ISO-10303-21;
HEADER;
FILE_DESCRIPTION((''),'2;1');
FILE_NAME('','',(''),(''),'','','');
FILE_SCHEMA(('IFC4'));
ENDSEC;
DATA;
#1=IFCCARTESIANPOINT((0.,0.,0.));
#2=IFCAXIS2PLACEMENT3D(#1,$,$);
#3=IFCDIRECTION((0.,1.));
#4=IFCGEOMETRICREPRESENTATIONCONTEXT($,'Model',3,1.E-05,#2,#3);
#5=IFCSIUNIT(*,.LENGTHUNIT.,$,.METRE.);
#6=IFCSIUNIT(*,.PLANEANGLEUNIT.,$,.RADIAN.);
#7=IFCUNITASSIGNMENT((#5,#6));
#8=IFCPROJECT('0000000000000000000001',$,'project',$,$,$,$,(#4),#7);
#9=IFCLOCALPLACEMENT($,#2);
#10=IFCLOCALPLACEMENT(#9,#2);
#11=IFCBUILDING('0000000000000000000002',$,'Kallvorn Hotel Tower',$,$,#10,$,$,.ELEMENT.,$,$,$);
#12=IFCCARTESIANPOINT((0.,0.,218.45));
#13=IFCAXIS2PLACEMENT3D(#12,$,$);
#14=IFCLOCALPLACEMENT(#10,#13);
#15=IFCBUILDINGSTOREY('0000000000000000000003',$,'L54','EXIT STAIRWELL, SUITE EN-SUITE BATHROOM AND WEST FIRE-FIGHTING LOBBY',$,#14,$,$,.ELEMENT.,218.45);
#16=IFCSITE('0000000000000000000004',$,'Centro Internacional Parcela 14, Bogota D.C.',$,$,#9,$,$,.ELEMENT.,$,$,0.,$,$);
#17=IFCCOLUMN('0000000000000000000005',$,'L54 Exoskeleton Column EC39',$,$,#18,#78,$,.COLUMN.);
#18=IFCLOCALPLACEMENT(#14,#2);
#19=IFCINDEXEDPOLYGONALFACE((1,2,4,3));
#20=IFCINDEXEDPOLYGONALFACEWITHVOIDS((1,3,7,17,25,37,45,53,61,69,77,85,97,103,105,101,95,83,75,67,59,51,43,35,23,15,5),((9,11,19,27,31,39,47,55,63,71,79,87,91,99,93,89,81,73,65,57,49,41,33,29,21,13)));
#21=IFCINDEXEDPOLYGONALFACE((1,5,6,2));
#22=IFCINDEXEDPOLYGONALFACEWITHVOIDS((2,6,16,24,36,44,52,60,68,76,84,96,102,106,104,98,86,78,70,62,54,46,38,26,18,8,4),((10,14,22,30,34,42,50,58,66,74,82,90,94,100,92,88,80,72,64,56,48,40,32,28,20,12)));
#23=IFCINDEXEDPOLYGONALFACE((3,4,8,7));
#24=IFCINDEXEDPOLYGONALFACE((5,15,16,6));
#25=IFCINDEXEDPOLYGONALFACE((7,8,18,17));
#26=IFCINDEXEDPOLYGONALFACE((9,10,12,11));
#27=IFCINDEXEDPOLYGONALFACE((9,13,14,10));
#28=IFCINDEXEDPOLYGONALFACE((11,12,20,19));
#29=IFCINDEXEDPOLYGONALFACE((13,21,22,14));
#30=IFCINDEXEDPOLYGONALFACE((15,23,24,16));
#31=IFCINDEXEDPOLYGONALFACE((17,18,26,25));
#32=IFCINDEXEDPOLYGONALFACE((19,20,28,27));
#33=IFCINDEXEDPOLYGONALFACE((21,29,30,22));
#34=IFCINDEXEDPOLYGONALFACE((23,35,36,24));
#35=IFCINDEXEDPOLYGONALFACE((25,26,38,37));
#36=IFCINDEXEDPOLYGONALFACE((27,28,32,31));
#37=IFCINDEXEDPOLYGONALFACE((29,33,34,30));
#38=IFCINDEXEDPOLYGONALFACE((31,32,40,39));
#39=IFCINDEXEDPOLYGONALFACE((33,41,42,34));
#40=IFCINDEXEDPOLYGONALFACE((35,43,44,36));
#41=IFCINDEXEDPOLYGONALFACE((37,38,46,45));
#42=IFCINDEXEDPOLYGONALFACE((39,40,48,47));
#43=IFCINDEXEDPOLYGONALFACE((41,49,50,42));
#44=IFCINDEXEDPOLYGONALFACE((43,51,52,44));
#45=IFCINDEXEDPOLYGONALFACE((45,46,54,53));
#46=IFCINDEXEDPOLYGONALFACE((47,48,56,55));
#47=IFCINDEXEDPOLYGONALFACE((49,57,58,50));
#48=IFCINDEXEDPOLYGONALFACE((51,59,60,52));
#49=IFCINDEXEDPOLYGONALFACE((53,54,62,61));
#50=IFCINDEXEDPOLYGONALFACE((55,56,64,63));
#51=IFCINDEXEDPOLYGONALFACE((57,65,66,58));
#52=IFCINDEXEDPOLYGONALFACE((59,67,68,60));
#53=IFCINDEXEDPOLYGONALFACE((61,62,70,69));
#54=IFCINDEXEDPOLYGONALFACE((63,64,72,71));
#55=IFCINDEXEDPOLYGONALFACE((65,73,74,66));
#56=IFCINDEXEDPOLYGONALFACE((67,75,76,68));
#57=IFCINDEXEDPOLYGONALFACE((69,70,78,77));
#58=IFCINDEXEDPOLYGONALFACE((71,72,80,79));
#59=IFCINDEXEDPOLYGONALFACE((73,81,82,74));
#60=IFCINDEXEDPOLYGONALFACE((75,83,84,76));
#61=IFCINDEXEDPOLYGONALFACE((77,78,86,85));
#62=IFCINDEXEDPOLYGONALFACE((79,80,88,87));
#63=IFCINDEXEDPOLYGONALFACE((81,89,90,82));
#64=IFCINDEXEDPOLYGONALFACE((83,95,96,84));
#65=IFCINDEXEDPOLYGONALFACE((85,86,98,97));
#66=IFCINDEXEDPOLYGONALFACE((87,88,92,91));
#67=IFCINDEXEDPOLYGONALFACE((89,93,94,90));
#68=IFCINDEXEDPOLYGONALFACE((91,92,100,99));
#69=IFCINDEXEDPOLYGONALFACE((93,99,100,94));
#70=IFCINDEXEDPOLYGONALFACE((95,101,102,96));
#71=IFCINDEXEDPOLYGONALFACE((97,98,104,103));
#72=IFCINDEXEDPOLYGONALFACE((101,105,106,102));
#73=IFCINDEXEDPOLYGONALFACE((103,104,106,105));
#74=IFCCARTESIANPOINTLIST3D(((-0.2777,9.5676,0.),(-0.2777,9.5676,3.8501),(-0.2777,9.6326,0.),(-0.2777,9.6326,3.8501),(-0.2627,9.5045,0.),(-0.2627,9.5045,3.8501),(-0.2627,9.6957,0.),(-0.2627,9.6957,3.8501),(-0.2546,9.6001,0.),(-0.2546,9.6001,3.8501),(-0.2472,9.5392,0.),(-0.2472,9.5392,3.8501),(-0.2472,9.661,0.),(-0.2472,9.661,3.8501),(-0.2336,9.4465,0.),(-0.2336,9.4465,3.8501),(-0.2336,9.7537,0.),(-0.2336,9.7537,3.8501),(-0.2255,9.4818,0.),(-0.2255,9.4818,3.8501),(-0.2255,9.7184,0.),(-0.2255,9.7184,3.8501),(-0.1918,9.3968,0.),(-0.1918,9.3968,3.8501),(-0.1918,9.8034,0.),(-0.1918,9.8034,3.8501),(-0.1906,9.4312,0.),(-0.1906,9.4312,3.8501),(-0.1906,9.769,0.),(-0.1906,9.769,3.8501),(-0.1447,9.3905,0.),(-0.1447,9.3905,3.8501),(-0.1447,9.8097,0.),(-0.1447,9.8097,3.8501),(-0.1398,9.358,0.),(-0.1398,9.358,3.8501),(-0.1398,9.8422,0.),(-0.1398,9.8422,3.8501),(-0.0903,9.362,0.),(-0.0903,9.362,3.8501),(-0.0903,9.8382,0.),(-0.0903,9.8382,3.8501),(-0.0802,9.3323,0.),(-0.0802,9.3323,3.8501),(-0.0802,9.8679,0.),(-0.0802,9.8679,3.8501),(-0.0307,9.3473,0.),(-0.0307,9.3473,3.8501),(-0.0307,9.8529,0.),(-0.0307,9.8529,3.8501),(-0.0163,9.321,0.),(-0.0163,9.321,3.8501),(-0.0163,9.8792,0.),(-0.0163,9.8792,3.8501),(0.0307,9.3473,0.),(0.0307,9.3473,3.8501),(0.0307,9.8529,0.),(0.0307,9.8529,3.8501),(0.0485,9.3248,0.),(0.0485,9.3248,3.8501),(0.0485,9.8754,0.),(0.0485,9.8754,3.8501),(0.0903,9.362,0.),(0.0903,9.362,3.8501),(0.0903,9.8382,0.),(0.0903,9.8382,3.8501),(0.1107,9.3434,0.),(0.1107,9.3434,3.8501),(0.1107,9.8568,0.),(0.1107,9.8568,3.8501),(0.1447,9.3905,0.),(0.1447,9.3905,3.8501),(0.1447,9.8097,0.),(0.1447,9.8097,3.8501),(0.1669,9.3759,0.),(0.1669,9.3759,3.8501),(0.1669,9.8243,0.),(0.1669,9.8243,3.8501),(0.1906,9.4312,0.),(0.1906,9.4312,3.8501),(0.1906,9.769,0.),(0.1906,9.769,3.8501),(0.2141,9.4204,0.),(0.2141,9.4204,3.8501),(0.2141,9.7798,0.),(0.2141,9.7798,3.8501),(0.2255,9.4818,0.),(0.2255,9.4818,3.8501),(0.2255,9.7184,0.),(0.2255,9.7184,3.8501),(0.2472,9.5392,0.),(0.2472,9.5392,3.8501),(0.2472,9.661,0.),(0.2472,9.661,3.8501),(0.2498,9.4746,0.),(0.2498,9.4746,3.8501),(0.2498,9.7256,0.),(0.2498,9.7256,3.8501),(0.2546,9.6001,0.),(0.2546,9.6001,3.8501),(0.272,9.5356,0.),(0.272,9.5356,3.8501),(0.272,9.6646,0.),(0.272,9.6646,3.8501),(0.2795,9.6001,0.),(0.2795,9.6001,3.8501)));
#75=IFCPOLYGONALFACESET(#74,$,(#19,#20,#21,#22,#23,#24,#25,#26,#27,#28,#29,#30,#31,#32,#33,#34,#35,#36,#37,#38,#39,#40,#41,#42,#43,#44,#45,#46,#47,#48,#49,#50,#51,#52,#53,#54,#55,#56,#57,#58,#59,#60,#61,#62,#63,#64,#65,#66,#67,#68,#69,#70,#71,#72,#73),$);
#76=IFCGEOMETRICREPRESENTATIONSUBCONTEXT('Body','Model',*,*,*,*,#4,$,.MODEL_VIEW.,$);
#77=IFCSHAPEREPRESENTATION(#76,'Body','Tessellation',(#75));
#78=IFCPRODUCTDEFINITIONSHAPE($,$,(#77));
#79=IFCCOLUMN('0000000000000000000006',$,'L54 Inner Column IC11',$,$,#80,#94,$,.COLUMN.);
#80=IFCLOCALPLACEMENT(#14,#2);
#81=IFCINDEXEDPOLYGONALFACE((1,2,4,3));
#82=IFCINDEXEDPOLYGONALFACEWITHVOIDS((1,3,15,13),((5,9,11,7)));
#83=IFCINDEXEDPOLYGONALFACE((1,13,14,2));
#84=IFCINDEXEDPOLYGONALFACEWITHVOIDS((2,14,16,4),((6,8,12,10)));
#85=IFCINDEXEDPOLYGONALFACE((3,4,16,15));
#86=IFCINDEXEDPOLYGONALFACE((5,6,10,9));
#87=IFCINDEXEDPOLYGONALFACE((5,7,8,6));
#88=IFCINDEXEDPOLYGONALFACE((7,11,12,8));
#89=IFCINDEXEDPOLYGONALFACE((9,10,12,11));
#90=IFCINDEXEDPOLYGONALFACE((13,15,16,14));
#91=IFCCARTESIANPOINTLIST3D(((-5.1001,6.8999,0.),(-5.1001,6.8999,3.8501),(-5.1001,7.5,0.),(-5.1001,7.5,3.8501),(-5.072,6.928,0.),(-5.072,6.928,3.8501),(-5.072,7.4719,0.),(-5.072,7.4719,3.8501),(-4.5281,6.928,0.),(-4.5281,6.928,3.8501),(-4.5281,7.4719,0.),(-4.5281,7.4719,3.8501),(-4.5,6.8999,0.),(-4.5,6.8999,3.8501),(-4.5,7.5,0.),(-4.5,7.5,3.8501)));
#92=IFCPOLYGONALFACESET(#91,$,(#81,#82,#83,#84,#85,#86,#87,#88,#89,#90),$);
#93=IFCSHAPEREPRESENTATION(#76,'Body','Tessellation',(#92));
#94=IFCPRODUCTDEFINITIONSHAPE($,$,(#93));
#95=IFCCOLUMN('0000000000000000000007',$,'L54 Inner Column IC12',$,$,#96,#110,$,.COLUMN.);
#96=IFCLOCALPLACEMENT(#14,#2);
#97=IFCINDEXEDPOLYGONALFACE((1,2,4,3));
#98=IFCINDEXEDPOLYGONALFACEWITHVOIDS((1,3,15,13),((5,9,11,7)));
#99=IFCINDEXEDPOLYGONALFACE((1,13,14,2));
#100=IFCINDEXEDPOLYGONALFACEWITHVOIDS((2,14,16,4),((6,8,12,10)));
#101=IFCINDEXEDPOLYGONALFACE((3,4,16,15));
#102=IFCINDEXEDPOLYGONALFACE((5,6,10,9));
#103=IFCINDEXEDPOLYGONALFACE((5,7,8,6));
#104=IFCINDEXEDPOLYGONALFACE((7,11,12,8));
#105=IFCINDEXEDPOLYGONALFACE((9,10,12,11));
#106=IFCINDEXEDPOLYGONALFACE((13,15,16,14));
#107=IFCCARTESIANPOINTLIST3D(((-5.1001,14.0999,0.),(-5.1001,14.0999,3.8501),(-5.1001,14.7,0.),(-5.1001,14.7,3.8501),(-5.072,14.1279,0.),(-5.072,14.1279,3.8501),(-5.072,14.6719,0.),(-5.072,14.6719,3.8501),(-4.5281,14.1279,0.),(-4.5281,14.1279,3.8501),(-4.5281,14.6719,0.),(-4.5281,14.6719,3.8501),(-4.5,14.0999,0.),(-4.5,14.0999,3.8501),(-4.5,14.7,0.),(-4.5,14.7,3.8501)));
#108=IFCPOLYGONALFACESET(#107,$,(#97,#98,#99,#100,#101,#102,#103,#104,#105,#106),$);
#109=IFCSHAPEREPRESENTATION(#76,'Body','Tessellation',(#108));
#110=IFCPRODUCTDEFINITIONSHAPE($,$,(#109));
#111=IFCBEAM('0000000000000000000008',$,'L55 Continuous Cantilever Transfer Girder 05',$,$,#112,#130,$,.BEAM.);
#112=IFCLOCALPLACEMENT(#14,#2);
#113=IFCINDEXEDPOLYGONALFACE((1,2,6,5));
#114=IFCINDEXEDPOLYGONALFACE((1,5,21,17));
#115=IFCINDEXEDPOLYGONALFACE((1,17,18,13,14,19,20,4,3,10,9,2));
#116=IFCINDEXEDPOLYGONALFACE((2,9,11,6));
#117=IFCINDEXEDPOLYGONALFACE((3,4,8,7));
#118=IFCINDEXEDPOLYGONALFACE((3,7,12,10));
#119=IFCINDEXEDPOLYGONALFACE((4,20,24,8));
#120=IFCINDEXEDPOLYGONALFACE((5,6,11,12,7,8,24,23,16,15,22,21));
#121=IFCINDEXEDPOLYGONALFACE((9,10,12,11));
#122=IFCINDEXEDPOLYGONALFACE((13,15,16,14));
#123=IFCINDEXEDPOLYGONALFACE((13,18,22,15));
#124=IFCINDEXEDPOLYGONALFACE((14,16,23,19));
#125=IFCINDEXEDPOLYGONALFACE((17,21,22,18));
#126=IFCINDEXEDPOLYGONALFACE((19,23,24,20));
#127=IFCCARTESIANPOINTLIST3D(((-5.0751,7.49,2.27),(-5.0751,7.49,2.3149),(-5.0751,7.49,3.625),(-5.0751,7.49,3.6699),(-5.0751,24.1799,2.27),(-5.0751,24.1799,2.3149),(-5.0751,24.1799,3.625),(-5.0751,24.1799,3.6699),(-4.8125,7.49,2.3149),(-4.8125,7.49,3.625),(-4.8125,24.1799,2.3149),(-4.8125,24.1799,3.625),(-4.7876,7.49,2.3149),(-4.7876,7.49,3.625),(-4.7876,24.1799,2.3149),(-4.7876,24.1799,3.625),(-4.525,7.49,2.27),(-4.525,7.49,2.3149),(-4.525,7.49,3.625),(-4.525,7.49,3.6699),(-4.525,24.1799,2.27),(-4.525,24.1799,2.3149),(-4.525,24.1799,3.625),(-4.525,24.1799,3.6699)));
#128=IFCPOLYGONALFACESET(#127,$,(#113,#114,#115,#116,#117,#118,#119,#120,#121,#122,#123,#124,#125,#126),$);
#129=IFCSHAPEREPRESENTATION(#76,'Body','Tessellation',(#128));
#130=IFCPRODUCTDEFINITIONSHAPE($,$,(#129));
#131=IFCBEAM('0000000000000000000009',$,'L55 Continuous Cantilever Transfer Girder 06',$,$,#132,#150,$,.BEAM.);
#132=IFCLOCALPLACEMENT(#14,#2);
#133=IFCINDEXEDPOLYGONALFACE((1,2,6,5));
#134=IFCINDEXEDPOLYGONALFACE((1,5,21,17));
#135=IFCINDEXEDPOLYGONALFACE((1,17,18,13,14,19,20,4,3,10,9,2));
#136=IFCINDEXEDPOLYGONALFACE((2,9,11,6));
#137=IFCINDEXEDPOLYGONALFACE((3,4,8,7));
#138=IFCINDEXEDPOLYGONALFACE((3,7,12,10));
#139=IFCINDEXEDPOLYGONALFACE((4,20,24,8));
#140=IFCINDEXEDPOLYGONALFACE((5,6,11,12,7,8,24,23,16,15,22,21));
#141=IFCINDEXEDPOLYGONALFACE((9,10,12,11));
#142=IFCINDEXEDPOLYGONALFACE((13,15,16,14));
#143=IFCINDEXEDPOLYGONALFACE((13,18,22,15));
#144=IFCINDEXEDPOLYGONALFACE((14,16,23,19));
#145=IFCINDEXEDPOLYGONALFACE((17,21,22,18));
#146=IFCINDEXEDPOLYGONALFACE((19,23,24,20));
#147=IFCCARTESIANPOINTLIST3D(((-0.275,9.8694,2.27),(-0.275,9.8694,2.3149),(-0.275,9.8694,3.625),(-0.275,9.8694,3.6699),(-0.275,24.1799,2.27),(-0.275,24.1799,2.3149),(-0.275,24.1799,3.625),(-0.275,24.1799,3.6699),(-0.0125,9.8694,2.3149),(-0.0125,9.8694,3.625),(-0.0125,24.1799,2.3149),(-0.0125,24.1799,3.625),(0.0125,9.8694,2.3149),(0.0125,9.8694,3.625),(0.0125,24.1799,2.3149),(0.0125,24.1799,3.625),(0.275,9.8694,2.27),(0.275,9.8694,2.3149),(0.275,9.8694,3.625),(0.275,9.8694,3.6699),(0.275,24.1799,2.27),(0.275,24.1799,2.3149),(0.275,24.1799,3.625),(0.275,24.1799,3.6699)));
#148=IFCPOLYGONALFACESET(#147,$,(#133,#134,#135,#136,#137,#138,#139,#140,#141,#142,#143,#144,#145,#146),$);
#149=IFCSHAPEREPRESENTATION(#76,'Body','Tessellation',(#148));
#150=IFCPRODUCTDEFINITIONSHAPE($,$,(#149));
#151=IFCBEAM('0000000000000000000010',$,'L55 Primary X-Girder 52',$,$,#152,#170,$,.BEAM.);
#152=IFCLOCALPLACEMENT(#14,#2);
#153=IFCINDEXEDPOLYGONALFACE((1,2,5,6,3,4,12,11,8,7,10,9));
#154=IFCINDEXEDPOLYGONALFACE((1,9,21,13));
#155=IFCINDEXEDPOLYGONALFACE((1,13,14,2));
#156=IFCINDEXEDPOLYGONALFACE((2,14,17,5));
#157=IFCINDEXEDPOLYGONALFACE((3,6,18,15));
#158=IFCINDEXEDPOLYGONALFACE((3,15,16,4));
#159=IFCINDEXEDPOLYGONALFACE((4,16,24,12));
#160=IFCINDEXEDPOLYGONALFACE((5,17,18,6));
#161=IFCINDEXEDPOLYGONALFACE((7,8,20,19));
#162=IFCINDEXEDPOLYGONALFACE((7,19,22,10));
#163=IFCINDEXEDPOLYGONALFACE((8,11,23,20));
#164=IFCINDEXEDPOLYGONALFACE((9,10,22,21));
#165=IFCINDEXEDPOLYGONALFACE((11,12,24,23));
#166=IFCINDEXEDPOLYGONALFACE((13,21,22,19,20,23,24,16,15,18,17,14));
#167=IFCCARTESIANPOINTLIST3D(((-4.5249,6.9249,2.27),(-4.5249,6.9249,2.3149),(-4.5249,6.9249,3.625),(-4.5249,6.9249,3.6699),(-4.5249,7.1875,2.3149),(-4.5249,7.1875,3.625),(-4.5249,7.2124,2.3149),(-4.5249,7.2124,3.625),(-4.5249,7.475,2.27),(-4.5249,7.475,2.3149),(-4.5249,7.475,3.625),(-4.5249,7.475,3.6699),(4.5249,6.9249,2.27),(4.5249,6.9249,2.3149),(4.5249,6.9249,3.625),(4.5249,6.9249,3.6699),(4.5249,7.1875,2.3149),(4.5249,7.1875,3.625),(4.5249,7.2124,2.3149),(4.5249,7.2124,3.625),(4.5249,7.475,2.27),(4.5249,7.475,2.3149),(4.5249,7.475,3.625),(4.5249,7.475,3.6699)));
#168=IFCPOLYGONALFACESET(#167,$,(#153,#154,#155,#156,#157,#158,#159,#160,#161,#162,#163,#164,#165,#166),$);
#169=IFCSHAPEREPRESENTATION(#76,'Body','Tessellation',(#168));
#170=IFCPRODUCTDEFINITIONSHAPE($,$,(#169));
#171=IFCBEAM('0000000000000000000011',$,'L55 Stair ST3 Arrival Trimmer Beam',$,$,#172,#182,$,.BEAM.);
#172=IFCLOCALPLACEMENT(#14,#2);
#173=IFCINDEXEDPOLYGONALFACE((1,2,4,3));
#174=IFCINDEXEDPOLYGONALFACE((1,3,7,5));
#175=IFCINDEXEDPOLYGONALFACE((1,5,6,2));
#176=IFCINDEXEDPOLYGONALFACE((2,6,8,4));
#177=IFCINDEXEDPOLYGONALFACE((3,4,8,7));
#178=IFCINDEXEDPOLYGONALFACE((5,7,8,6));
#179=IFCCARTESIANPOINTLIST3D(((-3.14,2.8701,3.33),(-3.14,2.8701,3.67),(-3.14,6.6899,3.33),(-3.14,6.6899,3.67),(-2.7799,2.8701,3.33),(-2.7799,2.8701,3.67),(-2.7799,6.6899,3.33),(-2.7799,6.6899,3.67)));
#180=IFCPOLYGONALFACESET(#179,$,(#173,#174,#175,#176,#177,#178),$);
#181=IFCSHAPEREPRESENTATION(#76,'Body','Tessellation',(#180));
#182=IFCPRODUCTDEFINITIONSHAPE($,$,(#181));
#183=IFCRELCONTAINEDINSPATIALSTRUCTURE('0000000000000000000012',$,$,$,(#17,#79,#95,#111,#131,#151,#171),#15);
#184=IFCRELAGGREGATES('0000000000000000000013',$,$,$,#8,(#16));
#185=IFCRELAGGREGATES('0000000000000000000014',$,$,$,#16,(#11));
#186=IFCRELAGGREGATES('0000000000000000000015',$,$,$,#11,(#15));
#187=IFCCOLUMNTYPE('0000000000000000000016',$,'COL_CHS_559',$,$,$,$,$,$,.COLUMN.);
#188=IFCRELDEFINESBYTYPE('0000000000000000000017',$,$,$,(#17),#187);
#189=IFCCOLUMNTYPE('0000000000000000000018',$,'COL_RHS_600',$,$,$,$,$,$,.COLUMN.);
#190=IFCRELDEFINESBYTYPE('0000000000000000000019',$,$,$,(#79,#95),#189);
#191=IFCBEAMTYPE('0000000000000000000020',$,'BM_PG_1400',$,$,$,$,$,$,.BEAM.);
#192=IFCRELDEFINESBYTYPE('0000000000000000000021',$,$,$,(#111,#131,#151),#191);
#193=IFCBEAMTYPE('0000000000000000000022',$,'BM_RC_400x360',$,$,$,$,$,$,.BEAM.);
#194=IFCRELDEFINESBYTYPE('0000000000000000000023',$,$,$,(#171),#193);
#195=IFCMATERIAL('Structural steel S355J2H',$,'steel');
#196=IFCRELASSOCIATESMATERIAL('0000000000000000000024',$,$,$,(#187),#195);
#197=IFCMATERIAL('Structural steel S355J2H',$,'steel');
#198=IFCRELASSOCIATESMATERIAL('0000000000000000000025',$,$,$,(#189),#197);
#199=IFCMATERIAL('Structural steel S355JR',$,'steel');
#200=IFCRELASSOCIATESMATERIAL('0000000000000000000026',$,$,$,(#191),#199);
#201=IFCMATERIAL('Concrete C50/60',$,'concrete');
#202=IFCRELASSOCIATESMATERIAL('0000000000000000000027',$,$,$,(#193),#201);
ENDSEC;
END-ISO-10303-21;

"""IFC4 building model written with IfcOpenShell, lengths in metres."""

from ifc_helpers import new_model, si_unit, direction, frame, origin, origin_2d, place, context, subcontext, project, spatial, rectangle, hollow_rectangle, hollow_circle, i_section, extrude, material, material_profile, profile_set, type_object, element, save


model = new_model("IFC4")

# Units and contexts
model_context = context("Model", 3, precision=1e-05, world=origin(), true_north=direction((0.0, 1.0)))
body_context = subcontext(model_context, "Body", "Model", "MODEL_VIEW")
ifc_project = project(units=[si_unit("LENGTHUNIT", "METRE"), si_unit("PLANEANGLEUNIT", "RADIAN")], contexts=[model_context])

# Site, building, storey
site_placement = place(None, origin())
site = spatial("IfcSite", under=ifc_project, at=site_placement, Name="Centro Internacional Parcela 14, Bogota D.C.", CompositionType="ELEMENT", RefElevation=0.0)
building_placement = place(site_placement, origin())
building = spatial("IfcBuilding", under=site, at=building_placement, Name="Kallvorn Hotel Tower", CompositionType="ELEMENT")
storey_placement = place(building_placement, frame((0.0, 0.0, 218.45)))
storey = spatial("IfcBuildingStorey", under=building, at=storey_placement, Name="L54", Description="EXIT STAIRWELL, SUITE EN-SUITE BATHROOM AND WEST FIRE-FIGHTING LOBBY", CompositionType="ELEMENT", Elevation=218.45)

# Columns
ifc_material_1 = material(Name="Structural steel S355J2H", Category="steel")
ifc_material_profile_1 = material_profile(ifc_material_1, hollow_circle(Radius=0.2795, WallThickness=0.0249, at=origin_2d()), Name="CHS 559x25")
ifc_profile_set_1 = profile_set([ifc_material_profile_1], Name="Structural steel S355J2H")
column_type_1 = type_object("IfcColumnType", Name="COL_CHS_559", PredefinedType="COLUMN", material=ifc_profile_set_1)
column_placement = place(storey_placement, frame((0.0, 9.6001, 0.0), z_axis=(0.0, 0.0, 1.0), x_axis=(1.0, 0.0, 0.0)))
element("IfcColumn", 1, at=column_placement, inside=storey, type_object=column_type_1, Name="L54 Exoskeleton Column EC39", PredefinedType="COLUMN", context=body_context, shape_type="SweptSolid", body=[
    extrude(hollow_circle(Radius=0.2795, WallThickness=0.0249, at=origin_2d()), origin(), (0.0, 0.0, 1.0), 3.8501),
])
ifc_material_2 = material(Name="Structural steel S355J2H", Category="steel")
ifc_material_profile_2 = material_profile(ifc_material_2, hollow_rectangle(XDim=0.6001, YDim=0.6001, WallThickness=0.0281, at=origin_2d()), Name="RHS 600x600x28")
ifc_profile_set_2 = profile_set([ifc_material_profile_2], Name="Structural steel S355J2H")
column_type_2 = type_object("IfcColumnType", Name="COL_RHS_600", PredefinedType="COLUMN", material=ifc_profile_set_2)
for number, where, z_axis, x_axis, name in (
    (2, (-4.8, 7.2, 0.0), (0.0, 0.0, 1.0), (1.0, 0.0, 0.0), "L54 Inner Column IC11"),
    (3, (-4.8, 14.3999, 0.0), (0.0, 0.0, 1.0), (1.0, 0.0, 0.0), "L54 Inner Column IC12"),
):
    element("IfcColumn", number, at=place(storey_placement, frame(where, z_axis=z_axis, x_axis=x_axis)), inside=storey, type_object=column_type_2, Name=name, PredefinedType="COLUMN", context=body_context, shape_type="SweptSolid", body=[
        extrude(hollow_rectangle(XDim=0.6001, YDim=0.6001, WallThickness=0.0281, at=origin_2d()), origin(), (0.0, 0.0, 1.0), 3.8501),
    ])

# Beams
ifc_material_3 = material(Name="Structural steel S355JR", Category="steel")
ifc_material_profile_3 = material_profile(ifc_material_3, i_section(OverallWidth=0.55, OverallDepth=1.3999, WebThickness=0.0249, FlangeThickness=0.0449, at=origin_2d()), Name="PG 1400x550x25x45")
ifc_profile_set_3 = profile_set([ifc_material_profile_3], Name="Structural steel S355JR")
beam_type_1 = type_object("IfcBeamType", Name="BM_PG_1400", PredefinedType="BEAM", material=ifc_profile_set_3)
beam_1_placement = place(storey_placement, frame((-4.8, 7.49, 2.97), z_axis=(0.0, 1.0, 0.0), x_axis=(-1.0, 0.0, 0.0)))
element("IfcBeam", 4, at=beam_1_placement, inside=storey, type_object=beam_type_1, Name="L55 Continuous Cantilever Transfer Girder 05", PredefinedType="BEAM", context=body_context, shape_type="SweptSolid", body=[
    extrude(i_section(OverallWidth=0.55, OverallDepth=1.3999, WebThickness=0.0249, FlangeThickness=0.0449, at=origin_2d()), origin(), (0.0, 0.0, 1.0), 16.6899),
])
beam_2_placement = place(storey_placement, frame((0.0, 9.8694, 2.97), z_axis=(0.0, 1.0, 0.0), x_axis=(-1.0, 0.0, 0.0)))
element("IfcBeam", 5, at=beam_2_placement, inside=storey, type_object=beam_type_1, Name="L55 Continuous Cantilever Transfer Girder 06", PredefinedType="BEAM", context=body_context, shape_type="SweptSolid", body=[
    extrude(i_section(OverallWidth=0.55, OverallDepth=1.3999, WebThickness=0.0249, FlangeThickness=0.0449, at=origin_2d()), origin(), (0.0, 0.0, 1.0), 14.3105),
])
beam_3_placement = place(storey_placement, frame((-4.5249, 7.2, 2.97), z_axis=(1.0, 0.0, 0.0), x_axis=(0.0, 1.0, 0.0)))
element("IfcBeam", 6, at=beam_3_placement, inside=storey, type_object=beam_type_1, Name="L55 Primary X-Girder 52", PredefinedType="BEAM", context=body_context, shape_type="SweptSolid", body=[
    extrude(i_section(OverallWidth=0.55, OverallDepth=1.3999, WebThickness=0.0249, FlangeThickness=0.0449, at=origin_2d()), origin(), (0.0, 0.0, 1.0), 9.0498),
])
ifc_material_4 = material(Name="Concrete C50/60", Category="concrete")
ifc_material_profile_4 = material_profile(ifc_material_4, rectangle(XDim=0.3601, YDim=0.3401, at=origin_2d()), Name="RC 360x340")
ifc_profile_set_4 = profile_set([ifc_material_profile_4], Name="Concrete C50/60")
beam_type_2 = type_object("IfcBeamType", Name="BM_RC_400x360", PredefinedType="BEAM", material=ifc_profile_set_4)
beam_4_placement = place(storey_placement, frame((-2.96, 2.8701, 3.5), z_axis=(0.0, 1.0, 0.0), x_axis=(-1.0, 0.0, 0.0)))
element("IfcBeam", 7, at=beam_4_placement, inside=storey, type_object=beam_type_2, Name="L55 Stair ST3 Arrival Trimmer Beam", PredefinedType="BEAM", context=body_context, shape_type="SweptSolid", body=[
    extrude(rectangle(XDim=0.3601, YDim=0.3401, at=origin_2d()), origin(), (0.0, 0.0, 1.0), 3.8198),
])

save(model, "model.ifc")
